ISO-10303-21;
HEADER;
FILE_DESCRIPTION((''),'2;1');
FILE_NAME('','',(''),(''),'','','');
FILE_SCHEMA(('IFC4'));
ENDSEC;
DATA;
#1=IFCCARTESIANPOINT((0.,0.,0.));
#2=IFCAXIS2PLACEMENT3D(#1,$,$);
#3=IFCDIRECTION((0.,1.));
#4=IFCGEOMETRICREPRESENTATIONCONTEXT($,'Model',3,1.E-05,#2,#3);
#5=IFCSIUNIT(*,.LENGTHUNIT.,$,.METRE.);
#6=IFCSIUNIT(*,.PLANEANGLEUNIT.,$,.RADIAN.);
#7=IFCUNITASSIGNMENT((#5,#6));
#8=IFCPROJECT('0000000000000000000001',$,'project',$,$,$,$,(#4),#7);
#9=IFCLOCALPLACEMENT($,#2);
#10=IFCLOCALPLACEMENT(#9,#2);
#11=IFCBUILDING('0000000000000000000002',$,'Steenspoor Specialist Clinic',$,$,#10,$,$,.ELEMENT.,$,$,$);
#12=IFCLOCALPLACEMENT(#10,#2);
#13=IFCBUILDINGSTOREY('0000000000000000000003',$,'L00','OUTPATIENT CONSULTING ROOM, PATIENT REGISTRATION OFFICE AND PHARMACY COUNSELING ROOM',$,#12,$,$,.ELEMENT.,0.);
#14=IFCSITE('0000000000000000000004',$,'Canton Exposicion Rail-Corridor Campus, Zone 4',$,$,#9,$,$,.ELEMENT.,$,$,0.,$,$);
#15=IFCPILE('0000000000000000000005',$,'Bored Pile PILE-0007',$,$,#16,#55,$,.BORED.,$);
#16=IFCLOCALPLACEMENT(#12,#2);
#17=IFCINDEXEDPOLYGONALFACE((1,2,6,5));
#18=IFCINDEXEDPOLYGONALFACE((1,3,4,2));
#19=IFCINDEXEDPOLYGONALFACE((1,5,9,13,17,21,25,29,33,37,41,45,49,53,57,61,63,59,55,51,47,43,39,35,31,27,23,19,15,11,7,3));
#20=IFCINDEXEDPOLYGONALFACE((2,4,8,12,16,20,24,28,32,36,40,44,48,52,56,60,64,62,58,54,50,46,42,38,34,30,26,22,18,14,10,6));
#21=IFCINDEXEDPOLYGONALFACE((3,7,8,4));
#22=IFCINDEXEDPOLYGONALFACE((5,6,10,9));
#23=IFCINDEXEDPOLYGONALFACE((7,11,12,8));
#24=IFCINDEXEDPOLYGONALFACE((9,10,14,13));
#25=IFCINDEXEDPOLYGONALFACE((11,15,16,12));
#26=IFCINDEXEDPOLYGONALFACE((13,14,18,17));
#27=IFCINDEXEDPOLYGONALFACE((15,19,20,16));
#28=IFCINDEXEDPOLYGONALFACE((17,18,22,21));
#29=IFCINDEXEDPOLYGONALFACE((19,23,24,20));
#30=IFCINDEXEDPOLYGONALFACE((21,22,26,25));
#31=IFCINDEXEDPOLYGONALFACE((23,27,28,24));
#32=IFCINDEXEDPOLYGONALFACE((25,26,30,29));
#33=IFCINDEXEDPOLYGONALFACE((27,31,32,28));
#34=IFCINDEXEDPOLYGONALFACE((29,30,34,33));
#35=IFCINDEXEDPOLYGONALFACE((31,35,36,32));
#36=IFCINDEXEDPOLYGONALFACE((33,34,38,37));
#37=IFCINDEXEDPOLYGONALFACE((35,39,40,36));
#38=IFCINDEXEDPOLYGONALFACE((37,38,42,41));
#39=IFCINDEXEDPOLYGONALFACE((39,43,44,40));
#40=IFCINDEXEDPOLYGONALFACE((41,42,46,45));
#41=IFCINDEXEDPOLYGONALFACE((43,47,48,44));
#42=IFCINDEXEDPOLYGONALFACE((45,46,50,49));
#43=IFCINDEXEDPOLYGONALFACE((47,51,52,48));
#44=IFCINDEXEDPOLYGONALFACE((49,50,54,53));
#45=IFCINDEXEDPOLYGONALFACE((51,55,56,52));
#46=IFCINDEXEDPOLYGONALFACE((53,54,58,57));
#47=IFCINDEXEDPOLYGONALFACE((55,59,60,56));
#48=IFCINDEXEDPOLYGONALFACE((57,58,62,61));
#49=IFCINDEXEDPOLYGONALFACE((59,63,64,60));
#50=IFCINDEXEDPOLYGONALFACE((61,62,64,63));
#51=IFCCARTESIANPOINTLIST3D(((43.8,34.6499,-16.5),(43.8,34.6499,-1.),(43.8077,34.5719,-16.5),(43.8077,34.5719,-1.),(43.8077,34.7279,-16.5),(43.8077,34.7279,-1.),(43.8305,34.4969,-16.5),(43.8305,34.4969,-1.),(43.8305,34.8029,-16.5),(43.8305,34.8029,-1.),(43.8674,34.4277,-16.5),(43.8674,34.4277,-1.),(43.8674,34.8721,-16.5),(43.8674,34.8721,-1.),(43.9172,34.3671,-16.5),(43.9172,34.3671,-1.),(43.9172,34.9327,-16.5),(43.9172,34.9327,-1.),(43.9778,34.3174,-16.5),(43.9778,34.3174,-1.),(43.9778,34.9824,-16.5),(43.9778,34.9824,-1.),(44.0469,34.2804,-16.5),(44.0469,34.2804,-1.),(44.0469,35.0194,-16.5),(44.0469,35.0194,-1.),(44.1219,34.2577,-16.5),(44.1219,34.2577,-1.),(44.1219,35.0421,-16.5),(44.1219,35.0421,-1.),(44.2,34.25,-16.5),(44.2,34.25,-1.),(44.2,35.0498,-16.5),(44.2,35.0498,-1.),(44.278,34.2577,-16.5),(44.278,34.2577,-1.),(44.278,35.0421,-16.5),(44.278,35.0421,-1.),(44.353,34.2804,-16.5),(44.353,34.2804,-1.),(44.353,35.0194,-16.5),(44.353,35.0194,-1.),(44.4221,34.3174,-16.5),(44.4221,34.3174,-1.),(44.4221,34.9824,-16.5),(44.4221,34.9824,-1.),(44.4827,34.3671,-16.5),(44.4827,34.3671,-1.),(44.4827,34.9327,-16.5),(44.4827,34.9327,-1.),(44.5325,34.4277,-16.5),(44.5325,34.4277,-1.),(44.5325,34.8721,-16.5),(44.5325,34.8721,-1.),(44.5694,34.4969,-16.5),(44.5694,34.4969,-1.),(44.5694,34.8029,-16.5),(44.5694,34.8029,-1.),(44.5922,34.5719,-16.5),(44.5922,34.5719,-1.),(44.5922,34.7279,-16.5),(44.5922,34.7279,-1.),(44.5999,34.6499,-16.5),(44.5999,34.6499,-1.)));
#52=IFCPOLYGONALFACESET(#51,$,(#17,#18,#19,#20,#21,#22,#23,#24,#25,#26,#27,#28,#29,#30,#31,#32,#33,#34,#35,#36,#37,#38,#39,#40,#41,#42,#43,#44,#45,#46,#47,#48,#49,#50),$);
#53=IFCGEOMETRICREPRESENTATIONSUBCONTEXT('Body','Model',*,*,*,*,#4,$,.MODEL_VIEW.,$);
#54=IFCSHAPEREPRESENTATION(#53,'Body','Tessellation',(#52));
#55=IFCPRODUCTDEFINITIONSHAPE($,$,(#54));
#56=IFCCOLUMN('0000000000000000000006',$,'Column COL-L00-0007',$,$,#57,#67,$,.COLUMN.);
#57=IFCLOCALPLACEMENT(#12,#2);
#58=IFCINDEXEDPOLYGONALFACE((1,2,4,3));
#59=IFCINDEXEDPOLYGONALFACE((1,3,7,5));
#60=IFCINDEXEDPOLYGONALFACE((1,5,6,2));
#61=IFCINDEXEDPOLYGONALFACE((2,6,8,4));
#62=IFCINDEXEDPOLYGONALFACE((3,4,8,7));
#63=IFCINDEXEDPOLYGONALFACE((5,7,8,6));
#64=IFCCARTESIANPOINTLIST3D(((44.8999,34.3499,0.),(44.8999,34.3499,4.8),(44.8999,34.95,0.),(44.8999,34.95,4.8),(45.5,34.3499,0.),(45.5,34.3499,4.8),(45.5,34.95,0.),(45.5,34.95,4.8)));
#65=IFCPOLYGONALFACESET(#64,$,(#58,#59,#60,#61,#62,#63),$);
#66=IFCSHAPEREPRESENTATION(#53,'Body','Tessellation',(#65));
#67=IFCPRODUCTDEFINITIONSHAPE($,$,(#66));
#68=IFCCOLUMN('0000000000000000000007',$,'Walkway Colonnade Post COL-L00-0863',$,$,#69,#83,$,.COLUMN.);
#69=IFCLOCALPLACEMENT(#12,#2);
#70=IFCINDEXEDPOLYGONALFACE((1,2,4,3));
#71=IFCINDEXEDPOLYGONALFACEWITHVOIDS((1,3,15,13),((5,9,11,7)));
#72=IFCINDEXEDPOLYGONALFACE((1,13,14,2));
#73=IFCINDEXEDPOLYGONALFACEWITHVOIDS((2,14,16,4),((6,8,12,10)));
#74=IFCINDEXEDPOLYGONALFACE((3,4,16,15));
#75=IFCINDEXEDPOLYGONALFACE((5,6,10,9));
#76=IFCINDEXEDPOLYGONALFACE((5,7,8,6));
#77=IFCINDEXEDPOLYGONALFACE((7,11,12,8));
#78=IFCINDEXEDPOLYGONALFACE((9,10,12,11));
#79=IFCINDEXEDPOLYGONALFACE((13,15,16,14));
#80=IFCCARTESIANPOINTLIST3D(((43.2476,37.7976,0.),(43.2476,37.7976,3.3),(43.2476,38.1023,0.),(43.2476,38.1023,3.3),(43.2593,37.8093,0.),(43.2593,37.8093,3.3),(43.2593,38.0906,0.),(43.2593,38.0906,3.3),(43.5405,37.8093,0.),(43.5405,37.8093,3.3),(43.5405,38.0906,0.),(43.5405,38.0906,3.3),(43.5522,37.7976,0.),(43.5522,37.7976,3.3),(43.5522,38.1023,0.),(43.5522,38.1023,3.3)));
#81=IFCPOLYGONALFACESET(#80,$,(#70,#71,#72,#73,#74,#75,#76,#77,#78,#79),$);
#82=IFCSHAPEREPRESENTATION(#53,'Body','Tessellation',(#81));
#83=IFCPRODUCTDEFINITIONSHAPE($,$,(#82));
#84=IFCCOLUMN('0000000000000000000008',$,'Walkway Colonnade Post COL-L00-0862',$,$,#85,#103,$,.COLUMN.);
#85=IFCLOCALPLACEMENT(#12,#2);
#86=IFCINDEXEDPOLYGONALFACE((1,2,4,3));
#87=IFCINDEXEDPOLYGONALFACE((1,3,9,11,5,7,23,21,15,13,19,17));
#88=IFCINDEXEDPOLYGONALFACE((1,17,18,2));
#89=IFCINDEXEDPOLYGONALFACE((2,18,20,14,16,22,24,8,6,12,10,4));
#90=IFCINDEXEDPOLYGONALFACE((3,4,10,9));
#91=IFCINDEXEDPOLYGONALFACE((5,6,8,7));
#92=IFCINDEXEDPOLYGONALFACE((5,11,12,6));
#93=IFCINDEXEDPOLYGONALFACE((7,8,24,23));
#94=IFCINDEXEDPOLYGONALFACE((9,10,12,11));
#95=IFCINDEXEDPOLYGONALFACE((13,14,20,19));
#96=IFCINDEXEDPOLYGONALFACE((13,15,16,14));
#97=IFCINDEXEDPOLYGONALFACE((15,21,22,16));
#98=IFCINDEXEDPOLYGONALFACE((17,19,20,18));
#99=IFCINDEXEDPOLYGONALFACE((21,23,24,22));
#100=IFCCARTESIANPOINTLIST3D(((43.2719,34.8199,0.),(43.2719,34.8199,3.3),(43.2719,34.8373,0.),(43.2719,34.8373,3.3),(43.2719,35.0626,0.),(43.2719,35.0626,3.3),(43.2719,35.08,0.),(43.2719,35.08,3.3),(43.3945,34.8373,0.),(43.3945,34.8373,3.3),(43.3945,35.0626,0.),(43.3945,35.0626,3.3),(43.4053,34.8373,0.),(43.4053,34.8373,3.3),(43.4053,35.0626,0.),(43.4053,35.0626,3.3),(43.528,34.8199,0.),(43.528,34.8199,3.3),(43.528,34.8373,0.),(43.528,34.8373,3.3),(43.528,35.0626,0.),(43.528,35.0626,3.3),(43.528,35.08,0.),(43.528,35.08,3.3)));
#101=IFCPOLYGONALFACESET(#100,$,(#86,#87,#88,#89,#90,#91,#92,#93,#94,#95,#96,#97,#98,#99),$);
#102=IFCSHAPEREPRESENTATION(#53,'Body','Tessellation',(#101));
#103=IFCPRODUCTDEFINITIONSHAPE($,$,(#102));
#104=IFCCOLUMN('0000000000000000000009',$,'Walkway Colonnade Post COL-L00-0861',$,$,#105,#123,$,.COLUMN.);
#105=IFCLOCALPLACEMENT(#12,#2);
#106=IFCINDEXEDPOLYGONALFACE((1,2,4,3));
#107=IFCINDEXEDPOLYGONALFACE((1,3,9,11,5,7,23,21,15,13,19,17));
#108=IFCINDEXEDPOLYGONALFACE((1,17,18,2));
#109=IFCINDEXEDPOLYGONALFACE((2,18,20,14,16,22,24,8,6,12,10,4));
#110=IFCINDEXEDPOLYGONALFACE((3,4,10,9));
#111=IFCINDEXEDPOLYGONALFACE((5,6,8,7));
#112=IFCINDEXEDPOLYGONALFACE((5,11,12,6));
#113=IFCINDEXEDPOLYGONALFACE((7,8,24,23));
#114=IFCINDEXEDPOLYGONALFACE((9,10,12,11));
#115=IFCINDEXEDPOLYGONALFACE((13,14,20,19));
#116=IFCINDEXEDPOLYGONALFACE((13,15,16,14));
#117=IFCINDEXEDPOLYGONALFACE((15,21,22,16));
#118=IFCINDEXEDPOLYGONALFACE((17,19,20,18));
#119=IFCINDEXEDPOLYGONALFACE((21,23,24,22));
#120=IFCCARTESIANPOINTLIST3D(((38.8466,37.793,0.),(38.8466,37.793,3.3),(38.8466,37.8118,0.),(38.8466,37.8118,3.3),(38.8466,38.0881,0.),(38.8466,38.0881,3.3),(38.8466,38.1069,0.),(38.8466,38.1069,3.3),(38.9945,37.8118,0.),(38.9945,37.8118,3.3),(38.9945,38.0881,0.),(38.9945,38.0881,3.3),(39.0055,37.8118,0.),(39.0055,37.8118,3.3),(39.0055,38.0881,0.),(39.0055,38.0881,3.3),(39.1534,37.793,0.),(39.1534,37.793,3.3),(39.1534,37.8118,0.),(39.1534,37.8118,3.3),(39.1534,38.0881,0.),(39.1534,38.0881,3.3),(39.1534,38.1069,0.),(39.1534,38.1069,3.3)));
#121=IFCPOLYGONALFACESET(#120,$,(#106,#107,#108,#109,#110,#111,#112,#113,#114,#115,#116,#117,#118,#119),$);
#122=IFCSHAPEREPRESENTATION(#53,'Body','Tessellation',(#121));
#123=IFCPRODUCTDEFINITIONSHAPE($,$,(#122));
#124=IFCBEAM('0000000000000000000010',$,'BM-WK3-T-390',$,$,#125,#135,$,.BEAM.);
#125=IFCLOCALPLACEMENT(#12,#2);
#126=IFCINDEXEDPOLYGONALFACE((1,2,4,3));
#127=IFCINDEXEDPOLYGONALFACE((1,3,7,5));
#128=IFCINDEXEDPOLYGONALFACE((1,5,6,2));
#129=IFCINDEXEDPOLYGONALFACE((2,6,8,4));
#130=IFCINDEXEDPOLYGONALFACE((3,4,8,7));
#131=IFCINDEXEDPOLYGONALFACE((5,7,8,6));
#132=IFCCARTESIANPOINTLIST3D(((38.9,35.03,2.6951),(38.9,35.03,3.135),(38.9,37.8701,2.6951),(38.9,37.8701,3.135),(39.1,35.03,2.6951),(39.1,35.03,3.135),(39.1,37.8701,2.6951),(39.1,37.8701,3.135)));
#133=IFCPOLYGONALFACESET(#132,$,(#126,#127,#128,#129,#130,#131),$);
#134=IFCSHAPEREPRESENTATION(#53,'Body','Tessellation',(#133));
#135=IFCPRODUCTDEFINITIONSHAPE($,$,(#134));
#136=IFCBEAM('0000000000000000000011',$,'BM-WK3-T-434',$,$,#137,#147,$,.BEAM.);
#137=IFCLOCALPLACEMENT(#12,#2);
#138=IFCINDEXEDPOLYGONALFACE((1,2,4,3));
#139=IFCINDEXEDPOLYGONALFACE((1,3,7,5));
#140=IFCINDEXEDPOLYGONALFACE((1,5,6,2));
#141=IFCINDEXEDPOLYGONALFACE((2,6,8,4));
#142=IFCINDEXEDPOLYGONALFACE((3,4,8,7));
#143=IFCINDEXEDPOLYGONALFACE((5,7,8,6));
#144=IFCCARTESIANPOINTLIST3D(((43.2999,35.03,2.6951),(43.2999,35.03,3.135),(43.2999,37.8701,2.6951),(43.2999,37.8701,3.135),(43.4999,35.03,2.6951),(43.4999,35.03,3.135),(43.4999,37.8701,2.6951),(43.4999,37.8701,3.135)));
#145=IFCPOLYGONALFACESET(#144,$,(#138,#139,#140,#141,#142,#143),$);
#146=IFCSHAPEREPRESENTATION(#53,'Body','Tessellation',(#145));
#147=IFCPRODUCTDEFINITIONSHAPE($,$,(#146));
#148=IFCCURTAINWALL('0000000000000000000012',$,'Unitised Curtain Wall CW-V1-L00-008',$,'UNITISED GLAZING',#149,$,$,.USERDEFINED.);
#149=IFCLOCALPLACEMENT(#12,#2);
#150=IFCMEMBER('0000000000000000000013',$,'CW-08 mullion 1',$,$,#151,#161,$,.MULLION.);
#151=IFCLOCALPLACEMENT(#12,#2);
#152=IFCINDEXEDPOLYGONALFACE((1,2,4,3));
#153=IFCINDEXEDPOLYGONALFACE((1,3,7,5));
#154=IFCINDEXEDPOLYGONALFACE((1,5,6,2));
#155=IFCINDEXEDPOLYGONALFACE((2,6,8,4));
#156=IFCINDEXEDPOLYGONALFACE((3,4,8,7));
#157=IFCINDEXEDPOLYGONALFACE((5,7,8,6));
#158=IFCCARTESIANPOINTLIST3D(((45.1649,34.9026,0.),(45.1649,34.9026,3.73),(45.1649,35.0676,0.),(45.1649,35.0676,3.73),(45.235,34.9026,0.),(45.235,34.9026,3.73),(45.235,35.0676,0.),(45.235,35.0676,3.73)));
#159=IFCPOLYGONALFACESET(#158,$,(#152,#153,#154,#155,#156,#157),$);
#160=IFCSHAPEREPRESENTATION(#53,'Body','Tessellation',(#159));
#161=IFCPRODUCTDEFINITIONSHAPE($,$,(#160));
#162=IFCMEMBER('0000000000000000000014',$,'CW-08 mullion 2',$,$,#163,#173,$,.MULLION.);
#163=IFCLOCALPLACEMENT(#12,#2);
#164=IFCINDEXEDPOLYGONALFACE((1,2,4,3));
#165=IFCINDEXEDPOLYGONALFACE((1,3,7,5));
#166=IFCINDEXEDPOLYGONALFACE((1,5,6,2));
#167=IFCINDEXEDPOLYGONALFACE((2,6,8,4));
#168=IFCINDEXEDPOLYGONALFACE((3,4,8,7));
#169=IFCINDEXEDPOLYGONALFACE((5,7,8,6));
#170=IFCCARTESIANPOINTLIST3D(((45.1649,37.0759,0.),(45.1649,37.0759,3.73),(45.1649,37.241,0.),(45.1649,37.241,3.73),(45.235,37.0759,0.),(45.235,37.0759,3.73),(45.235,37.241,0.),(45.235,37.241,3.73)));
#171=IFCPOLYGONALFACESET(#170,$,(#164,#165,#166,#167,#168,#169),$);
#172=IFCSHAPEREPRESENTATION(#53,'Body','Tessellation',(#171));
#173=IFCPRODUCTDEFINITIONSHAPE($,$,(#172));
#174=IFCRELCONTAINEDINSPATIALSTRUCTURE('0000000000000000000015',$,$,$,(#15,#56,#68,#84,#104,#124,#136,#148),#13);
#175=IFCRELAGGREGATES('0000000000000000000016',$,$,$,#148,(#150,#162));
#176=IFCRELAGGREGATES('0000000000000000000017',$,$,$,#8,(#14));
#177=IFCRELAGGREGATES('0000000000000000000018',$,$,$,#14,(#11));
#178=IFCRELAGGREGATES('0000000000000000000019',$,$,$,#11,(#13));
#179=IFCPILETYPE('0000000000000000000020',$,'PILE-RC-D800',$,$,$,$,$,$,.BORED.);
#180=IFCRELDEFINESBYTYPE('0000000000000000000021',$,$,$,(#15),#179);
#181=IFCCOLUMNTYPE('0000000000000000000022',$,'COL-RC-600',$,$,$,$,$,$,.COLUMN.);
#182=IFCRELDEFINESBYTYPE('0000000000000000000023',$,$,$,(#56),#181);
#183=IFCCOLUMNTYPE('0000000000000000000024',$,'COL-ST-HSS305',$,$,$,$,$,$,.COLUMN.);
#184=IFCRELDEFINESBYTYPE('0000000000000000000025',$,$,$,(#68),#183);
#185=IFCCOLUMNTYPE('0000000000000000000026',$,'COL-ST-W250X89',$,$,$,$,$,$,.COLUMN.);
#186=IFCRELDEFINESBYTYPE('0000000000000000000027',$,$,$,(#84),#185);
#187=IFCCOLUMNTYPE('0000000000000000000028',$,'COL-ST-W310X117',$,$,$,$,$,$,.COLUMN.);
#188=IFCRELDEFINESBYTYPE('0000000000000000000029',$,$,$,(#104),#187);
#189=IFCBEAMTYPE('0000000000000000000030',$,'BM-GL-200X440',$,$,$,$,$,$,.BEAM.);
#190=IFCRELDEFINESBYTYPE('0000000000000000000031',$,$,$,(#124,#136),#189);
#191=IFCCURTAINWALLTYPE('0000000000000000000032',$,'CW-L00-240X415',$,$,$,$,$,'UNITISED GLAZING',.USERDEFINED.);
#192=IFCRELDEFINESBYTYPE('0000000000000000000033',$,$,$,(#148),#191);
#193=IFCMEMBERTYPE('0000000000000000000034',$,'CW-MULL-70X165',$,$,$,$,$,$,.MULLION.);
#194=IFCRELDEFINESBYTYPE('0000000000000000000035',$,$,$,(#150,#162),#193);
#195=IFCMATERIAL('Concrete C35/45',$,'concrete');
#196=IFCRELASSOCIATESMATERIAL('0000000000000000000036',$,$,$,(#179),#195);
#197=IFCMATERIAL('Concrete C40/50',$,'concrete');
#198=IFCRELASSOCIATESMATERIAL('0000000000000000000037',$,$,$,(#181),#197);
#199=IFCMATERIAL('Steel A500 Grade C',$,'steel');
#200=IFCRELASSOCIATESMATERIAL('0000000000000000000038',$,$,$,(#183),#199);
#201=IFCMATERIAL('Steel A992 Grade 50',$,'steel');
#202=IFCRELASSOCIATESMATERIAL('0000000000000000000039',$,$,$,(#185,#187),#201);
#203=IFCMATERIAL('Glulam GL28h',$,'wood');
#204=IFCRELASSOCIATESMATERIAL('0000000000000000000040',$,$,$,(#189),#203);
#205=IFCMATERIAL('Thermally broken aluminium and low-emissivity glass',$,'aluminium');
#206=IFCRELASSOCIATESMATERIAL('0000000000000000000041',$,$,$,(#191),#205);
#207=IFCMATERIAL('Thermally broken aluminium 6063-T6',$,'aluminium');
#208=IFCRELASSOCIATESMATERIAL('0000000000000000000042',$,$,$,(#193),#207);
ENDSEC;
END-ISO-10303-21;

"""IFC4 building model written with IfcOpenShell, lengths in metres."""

from ifc_helpers import new_model, si_unit, direction, frame, origin, origin_2d, place, context, subcontext, project, spatial, rectangle, hollow_rectangle, circle, i_section, extrude, material, material_profile, profile_set, type_object, element, aggregate, save


model = new_model("IFC4")

# Units and contexts
model_context = context("Model", 3, precision=1e-05, world=origin(), true_north=direction((0.0, 1.0)))
body_context = subcontext(model_context, "Body", "Model", "MODEL_VIEW")
ifc_project = project(units=[si_unit("LENGTHUNIT", "METRE"), si_unit("PLANEANGLEUNIT", "RADIAN")], contexts=[model_context])

# Site, building, storey
site_placement = place(None, origin())
site = spatial("IfcSite", under=ifc_project, at=site_placement, Name="Canton Exposicion Rail-Corridor Campus, Zone 4", CompositionType="ELEMENT", RefElevation=0.0)
building_placement = place(site_placement, origin())
building = spatial("IfcBuilding", under=site, at=building_placement, Name="Steenspoor Specialist Clinic", CompositionType="ELEMENT")
storey_placement = place(building_placement, origin())
storey = spatial("IfcBuildingStorey", under=building, at=storey_placement, Name="L00", Description="OUTPATIENT CONSULTING ROOM, PATIENT REGISTRATION OFFICE AND PHARMACY COUNSELING ROOM", CompositionType="ELEMENT", Elevation=0.0)

# Shared definitions
ifc_material_1 = material(Name="Concrete C35/45", Category="concrete")

# Pile
ifc_material_profile_1 = material_profile(ifc_material_1, circle(Radius=0.3999, at=origin_2d()), Name="PILE-D800")
ifc_profile_set_1 = profile_set([ifc_material_profile_1], Name="Concrete C35/45")
pile_type_1 = type_object("IfcPileType", Name="PILE-RC-D800", PredefinedType="BORED", material=ifc_profile_set_1)
pile_placement = place(storey_placement, frame((44.2, 34.6499, -1.0), z_axis=(0.0, 0.0, -1.0), x_axis=(1.0, 0.0, 0.0)))
element("IfcPile", 1, at=pile_placement, inside=storey, type_object=pile_type_1, Name="Bored Pile PILE-0007", PredefinedType="BORED", context=body_context, shape_type="SweptSolid", body=[
    extrude(circle(Radius=0.3999, at=origin_2d()), origin(), (0.0, 0.0, 1.0), 15.5),
])

# Columns
ifc_material_2 = material(Name="Concrete C40/50", Category="concrete")
ifc_material_profile_2 = material_profile(ifc_material_2, rectangle(XDim=0.6001, YDim=0.6001, at=origin_2d()), Name="RC-COL-600X600")
ifc_profile_set_2 = profile_set([ifc_material_profile_2], Name="Concrete C40/50")
column_type_1 = type_object("IfcColumnType", Name="COL-RC-600", PredefinedType="COLUMN", material=ifc_profile_set_2)
column_1_placement = place(storey_placement, frame((45.2, 34.6499, 0.0), z_axis=(0.0, 0.0, 1.0), x_axis=(1.0, 0.0, 0.0)))
element("IfcColumn", 2, at=column_1_placement, inside=storey, type_object=column_type_1, Name="Column COL-L00-0007", PredefinedType="COLUMN", context=body_context, shape_type="SweptSolid", body=[
    extrude(rectangle(XDim=0.6001, YDim=0.6001, at=origin_2d()), origin(), (0.0, 0.0, 1.0), 4.8),
])
ifc_material_3 = material(Name="Steel A500 Grade C", Category="steel")
ifc_material_profile_3 = material_profile(ifc_material_3, hollow_rectangle(XDim=0.3047, YDim=0.3047, WallThickness=0.0117, at=origin_2d()), Name="HSS305X305X12.7")
ifc_profile_set_3 = profile_set([ifc_material_profile_3], Name="Steel A500 Grade C")
column_type_2 = type_object("IfcColumnType", Name="COL-ST-HSS305", PredefinedType="COLUMN", material=ifc_profile_set_3)
column_2_placement = place(storey_placement, frame((43.3999, 37.95, 0.0), z_axis=(0.0, 0.0, 1.0), x_axis=(1.0, 0.0, 0.0)))
element("IfcColumn", 3, at=column_2_placement, inside=storey, type_object=column_type_2, Name="Walkway Colonnade Post COL-L00-0863", PredefinedType="COLUMN", context=body_context, shape_type="SweptSolid", body=[
    extrude(hollow_rectangle(XDim=0.3047, YDim=0.3047, WallThickness=0.0117, at=origin_2d()), origin(), (0.0, 0.0, 1.0), 3.3),
])
ifc_material_4 = material(Name="Steel A992 Grade 50", Category="steel")
ifc_material_profile_4 = material_profile(ifc_material_4, i_section(OverallWidth=0.2561, OverallDepth=0.26, WebThickness=0.0107, FlangeThickness=0.0173, at=origin_2d()), Name="W250X89")
ifc_profile_set_4 = profile_set([ifc_material_profile_4], Name="Steel A992 Grade 50")
column_type_3 = type_object("IfcColumnType", Name="COL-ST-W250X89", PredefinedType="COLUMN", material=ifc_profile_set_4)
column_3_placement = place(storey_placement, frame((43.3999, 34.95, 0.0), z_axis=(0.0, 0.0, 1.0), x_axis=(1.0, 0.0, 0.0)))
element("IfcColumn", 4, at=column_3_placement, inside=storey, type_object=column_type_3, Name="Walkway Colonnade Post COL-L00-0862", PredefinedType="COLUMN", context=body_context, shape_type="SweptSolid", body=[
    extrude(i_section(OverallWidth=0.2561, OverallDepth=0.26, WebThickness=0.0107, FlangeThickness=0.0173, at=origin_2d()), origin(), (0.0, 0.0, 1.0), 3.3),
])
ifc_material_profile_5 = material_profile(ifc_material_4, i_section(OverallWidth=0.3069, OverallDepth=0.314, WebThickness=0.011, FlangeThickness=0.0188, at=origin_2d()), Name="W310X117")
ifc_profile_set_5 = profile_set([ifc_material_profile_5], Name="Steel A992 Grade 50")
column_type_4 = type_object("IfcColumnType", Name="COL-ST-W310X117", PredefinedType="COLUMN", material=ifc_profile_set_5)
column_4_placement = place(storey_placement, frame((39.0, 37.95, 0.0), z_axis=(0.0, 0.0, 1.0), x_axis=(1.0, 0.0, 0.0)))
element("IfcColumn", 5, at=column_4_placement, inside=storey, type_object=column_type_4, Name="Walkway Colonnade Post COL-L00-0861", PredefinedType="COLUMN", context=body_context, shape_type="SweptSolid", body=[
    extrude(i_section(OverallWidth=0.3069, OverallDepth=0.314, WebThickness=0.011, FlangeThickness=0.0188, at=origin_2d()), origin(), (0.0, 0.0, 1.0), 3.3),
])

# Beams
ifc_material_5 = material(Name="Glulam GL28h", Category="wood")
ifc_material_profile_6 = material_profile(ifc_material_5, rectangle(XDim=0.2, YDim=0.4399, at=origin_2d()), Name="GL28H-200X440")
ifc_profile_set_6 = profile_set([ifc_material_profile_6], Name="Glulam GL28h")
beam_type_1 = type_object("IfcBeamType", Name="BM-GL-200X440", PredefinedType="BEAM", material=ifc_profile_set_6)
for number, where, z_axis, x_axis, name in (
    (6, (39.0, 35.03, 2.915), (0.0, 1.0, 0.0), (-1.0, 0.0, 0.0), "BM-WK3-T-390"),
    (7, (43.3999, 35.03, 2.915), (0.0, 1.0, 0.0), (-1.0, 0.0, 0.0), "BM-WK3-T-434"),
):
    element("IfcBeam", number, at=place(storey_placement, frame(where, z_axis=z_axis, x_axis=x_axis)), inside=storey, type_object=beam_type_1, Name=name, PredefinedType="BEAM", context=body_context, shape_type="SweptSolid", body=[
        extrude(rectangle(XDim=0.2, YDim=0.4399, at=origin_2d()), origin(), (0.0, 0.0, 1.0), 2.8401),
    ])

# Curtain wall, members
ifc_material_6 = material(Name="Thermally broken aluminium and low-emissivity glass", Category="aluminium")
curtain_wall_type = type_object("IfcCurtainWallType", Name="CW-L00-240X415", ElementType="UNITISED GLAZING", PredefinedType="USERDEFINED", material=ifc_material_6)
curtain_wall_placement = place(storey_placement, origin())
curtain_wall = element("IfcCurtainWall", 8, at=curtain_wall_placement, inside=storey, type_object=curtain_wall_type, Name="Unitised Curtain Wall CW-V1-L00-008", ObjectType="UNITISED GLAZING", PredefinedType="USERDEFINED")
ifc_material_7 = material(Name="Thermally broken aluminium 6063-T6", Category="aluminium")
ifc_material_profile_7 = material_profile(ifc_material_7, rectangle(XDim=0.0701, YDim=0.165, at=origin_2d()), Name="CWM-70X165")
ifc_profile_set_7 = profile_set([ifc_material_profile_7], Name="Thermally broken aluminium 6063-T6")
member_type_1 = type_object("IfcMemberType", Name="CW-MULL-70X165", PredefinedType="MULLION", material=ifc_profile_set_7)
member_1_placement = place(storey_placement, frame((45.2, 34.9851, 0.0), z_axis=(0.0, 0.0, 1.0), x_axis=(-1.0, 0.0, 0.0)))
member_1 = element("IfcMember", 9, at=member_1_placement, type_object=member_type_1, Name="CW-08 mullion 1", PredefinedType="MULLION", context=body_context, shape_type="SweptSolid", body=[
    extrude(rectangle(XDim=0.0701, YDim=0.165, at=origin_2d()), origin(), (0.0, 0.0, 1.0), 3.73),
])
member_2_placement = place(storey_placement, frame((45.2, 37.1584, 0.0), z_axis=(0.0, 0.0, 1.0), x_axis=(-1.0, 0.0, 0.0)))
member_2 = element("IfcMember", 10, at=member_2_placement, type_object=member_type_1, Name="CW-08 mullion 2", PredefinedType="MULLION", context=body_context, shape_type="SweptSolid", body=[
    extrude(rectangle(XDim=0.0701, YDim=0.165, at=origin_2d()), origin(), (0.0, 0.0, 1.0), 3.73),
])

aggregate(curtain_wall, [member_1, member_2])

save(model, "model.ifc")
